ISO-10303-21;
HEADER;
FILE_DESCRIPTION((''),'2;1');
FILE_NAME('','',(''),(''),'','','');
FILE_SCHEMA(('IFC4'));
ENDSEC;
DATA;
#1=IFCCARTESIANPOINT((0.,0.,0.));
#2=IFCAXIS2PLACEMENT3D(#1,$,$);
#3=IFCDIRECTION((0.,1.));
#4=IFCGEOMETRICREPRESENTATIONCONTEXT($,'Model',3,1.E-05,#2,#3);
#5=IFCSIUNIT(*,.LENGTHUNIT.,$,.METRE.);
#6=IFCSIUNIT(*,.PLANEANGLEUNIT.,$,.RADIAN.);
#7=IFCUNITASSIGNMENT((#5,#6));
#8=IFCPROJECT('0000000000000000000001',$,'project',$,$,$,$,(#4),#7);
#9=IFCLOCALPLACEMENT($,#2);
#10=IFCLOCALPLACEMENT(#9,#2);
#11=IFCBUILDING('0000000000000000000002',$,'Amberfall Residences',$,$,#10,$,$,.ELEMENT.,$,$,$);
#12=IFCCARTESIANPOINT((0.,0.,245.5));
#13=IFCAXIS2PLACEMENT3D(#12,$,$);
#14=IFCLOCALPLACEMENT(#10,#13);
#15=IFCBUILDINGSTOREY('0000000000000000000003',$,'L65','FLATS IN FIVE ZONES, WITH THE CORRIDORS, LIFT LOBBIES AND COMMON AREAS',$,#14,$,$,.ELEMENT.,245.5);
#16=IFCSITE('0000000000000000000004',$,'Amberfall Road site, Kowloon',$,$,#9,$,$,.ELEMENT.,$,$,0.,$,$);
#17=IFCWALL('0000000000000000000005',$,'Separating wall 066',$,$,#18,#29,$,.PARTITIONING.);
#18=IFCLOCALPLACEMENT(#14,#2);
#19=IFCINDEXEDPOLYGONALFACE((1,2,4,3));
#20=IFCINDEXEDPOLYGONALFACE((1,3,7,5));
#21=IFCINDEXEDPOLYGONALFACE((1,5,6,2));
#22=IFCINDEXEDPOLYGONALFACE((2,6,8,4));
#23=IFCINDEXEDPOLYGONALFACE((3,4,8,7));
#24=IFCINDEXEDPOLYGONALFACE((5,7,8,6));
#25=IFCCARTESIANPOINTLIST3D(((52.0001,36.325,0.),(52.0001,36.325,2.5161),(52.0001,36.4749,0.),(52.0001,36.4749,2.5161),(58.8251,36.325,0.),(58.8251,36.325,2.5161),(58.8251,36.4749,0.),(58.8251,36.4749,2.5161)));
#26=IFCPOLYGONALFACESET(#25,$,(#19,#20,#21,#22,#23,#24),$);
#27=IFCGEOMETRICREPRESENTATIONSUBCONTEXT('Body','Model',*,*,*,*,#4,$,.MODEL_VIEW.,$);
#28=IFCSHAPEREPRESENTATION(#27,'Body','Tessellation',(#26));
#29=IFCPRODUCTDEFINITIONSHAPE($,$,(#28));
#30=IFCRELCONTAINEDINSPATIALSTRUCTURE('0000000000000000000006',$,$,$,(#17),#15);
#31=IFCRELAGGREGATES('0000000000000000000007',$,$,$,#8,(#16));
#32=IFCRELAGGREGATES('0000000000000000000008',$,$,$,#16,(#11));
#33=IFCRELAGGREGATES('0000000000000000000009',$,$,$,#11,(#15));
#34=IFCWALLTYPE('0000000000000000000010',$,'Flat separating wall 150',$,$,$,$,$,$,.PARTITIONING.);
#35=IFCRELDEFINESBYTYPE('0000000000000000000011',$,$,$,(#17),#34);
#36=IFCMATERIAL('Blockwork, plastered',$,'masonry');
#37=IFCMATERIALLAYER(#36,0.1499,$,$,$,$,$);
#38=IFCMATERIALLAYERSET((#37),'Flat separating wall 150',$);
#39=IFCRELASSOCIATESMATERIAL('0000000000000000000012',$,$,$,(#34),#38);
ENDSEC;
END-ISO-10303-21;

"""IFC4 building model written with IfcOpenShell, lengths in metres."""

from ifc_helpers import new_model, si_unit, direction, frame, frame_2d, origin, place, context, subcontext, project, spatial, rectangle, extrude, material, layer, layer_set, type_object, element, save


model = new_model("IFC4")

# Units and contexts
model_context = context("Model", 3, precision=1e-05, world=origin(), true_north=direction((0.0, 1.0)))
body_context = subcontext(model_context, "Body", "Model", "MODEL_VIEW")
ifc_project = project(units=[si_unit("LENGTHUNIT", "METRE"), si_unit("PLANEANGLEUNIT", "RADIAN")], contexts=[model_context])

# Site, building, storey
site_placement = place(None, origin())
site = spatial("IfcSite", under=ifc_project, at=site_placement, Name="Amberfall Road site, Kowloon", CompositionType="ELEMENT", RefElevation=0.0)
building_placement = place(site_placement, origin())
building = spatial("IfcBuilding", under=site, at=building_placement, Name="Amberfall Residences", CompositionType="ELEMENT")
storey_placement = place(building_placement, frame((0.0, 0.0, 245.5)))
storey = spatial("IfcBuildingStorey", under=building, at=storey_placement, Name="L65", Description="FLATS IN FIVE ZONES, WITH THE CORRIDORS, LIFT LOBBIES AND COMMON AREAS", CompositionType="ELEMENT", Elevation=245.5)

# Wall
ifc_material_1 = material(Name="Blockwork, plastered", Category="masonry")
ifc_layer_1 = layer(ifc_material_1, 0.1499)
ifc_layer_set_1 = layer_set([ifc_layer_1], Name="Flat separating wall 150")
wall_type_1 = type_object("IfcWallType", Name="Flat separating wall 150", PredefinedType="PARTITIONING", material=ifc_layer_set_1)
wall_1_placement = place(storey_placement, frame((52.0, 36.3999, 0.0), z_axis=(0.0, 0.0, 1.0), x_axis=(1.0, 0.0, 0.0)))
element("IfcWall", 1, at=wall_1_placement, inside=storey, type_object=wall_type_1, Name="Separating wall 066", PredefinedType="PARTITIONING", context=body_context, shape_type="SweptSolid", body=[
    extrude(rectangle(XDim=6.825, YDim=0.1499, at=frame_2d((3.4126, 0.0))), origin(), (0.0, 0.0, 1.0), 2.5161),
])

save(model, "model.ifc")
